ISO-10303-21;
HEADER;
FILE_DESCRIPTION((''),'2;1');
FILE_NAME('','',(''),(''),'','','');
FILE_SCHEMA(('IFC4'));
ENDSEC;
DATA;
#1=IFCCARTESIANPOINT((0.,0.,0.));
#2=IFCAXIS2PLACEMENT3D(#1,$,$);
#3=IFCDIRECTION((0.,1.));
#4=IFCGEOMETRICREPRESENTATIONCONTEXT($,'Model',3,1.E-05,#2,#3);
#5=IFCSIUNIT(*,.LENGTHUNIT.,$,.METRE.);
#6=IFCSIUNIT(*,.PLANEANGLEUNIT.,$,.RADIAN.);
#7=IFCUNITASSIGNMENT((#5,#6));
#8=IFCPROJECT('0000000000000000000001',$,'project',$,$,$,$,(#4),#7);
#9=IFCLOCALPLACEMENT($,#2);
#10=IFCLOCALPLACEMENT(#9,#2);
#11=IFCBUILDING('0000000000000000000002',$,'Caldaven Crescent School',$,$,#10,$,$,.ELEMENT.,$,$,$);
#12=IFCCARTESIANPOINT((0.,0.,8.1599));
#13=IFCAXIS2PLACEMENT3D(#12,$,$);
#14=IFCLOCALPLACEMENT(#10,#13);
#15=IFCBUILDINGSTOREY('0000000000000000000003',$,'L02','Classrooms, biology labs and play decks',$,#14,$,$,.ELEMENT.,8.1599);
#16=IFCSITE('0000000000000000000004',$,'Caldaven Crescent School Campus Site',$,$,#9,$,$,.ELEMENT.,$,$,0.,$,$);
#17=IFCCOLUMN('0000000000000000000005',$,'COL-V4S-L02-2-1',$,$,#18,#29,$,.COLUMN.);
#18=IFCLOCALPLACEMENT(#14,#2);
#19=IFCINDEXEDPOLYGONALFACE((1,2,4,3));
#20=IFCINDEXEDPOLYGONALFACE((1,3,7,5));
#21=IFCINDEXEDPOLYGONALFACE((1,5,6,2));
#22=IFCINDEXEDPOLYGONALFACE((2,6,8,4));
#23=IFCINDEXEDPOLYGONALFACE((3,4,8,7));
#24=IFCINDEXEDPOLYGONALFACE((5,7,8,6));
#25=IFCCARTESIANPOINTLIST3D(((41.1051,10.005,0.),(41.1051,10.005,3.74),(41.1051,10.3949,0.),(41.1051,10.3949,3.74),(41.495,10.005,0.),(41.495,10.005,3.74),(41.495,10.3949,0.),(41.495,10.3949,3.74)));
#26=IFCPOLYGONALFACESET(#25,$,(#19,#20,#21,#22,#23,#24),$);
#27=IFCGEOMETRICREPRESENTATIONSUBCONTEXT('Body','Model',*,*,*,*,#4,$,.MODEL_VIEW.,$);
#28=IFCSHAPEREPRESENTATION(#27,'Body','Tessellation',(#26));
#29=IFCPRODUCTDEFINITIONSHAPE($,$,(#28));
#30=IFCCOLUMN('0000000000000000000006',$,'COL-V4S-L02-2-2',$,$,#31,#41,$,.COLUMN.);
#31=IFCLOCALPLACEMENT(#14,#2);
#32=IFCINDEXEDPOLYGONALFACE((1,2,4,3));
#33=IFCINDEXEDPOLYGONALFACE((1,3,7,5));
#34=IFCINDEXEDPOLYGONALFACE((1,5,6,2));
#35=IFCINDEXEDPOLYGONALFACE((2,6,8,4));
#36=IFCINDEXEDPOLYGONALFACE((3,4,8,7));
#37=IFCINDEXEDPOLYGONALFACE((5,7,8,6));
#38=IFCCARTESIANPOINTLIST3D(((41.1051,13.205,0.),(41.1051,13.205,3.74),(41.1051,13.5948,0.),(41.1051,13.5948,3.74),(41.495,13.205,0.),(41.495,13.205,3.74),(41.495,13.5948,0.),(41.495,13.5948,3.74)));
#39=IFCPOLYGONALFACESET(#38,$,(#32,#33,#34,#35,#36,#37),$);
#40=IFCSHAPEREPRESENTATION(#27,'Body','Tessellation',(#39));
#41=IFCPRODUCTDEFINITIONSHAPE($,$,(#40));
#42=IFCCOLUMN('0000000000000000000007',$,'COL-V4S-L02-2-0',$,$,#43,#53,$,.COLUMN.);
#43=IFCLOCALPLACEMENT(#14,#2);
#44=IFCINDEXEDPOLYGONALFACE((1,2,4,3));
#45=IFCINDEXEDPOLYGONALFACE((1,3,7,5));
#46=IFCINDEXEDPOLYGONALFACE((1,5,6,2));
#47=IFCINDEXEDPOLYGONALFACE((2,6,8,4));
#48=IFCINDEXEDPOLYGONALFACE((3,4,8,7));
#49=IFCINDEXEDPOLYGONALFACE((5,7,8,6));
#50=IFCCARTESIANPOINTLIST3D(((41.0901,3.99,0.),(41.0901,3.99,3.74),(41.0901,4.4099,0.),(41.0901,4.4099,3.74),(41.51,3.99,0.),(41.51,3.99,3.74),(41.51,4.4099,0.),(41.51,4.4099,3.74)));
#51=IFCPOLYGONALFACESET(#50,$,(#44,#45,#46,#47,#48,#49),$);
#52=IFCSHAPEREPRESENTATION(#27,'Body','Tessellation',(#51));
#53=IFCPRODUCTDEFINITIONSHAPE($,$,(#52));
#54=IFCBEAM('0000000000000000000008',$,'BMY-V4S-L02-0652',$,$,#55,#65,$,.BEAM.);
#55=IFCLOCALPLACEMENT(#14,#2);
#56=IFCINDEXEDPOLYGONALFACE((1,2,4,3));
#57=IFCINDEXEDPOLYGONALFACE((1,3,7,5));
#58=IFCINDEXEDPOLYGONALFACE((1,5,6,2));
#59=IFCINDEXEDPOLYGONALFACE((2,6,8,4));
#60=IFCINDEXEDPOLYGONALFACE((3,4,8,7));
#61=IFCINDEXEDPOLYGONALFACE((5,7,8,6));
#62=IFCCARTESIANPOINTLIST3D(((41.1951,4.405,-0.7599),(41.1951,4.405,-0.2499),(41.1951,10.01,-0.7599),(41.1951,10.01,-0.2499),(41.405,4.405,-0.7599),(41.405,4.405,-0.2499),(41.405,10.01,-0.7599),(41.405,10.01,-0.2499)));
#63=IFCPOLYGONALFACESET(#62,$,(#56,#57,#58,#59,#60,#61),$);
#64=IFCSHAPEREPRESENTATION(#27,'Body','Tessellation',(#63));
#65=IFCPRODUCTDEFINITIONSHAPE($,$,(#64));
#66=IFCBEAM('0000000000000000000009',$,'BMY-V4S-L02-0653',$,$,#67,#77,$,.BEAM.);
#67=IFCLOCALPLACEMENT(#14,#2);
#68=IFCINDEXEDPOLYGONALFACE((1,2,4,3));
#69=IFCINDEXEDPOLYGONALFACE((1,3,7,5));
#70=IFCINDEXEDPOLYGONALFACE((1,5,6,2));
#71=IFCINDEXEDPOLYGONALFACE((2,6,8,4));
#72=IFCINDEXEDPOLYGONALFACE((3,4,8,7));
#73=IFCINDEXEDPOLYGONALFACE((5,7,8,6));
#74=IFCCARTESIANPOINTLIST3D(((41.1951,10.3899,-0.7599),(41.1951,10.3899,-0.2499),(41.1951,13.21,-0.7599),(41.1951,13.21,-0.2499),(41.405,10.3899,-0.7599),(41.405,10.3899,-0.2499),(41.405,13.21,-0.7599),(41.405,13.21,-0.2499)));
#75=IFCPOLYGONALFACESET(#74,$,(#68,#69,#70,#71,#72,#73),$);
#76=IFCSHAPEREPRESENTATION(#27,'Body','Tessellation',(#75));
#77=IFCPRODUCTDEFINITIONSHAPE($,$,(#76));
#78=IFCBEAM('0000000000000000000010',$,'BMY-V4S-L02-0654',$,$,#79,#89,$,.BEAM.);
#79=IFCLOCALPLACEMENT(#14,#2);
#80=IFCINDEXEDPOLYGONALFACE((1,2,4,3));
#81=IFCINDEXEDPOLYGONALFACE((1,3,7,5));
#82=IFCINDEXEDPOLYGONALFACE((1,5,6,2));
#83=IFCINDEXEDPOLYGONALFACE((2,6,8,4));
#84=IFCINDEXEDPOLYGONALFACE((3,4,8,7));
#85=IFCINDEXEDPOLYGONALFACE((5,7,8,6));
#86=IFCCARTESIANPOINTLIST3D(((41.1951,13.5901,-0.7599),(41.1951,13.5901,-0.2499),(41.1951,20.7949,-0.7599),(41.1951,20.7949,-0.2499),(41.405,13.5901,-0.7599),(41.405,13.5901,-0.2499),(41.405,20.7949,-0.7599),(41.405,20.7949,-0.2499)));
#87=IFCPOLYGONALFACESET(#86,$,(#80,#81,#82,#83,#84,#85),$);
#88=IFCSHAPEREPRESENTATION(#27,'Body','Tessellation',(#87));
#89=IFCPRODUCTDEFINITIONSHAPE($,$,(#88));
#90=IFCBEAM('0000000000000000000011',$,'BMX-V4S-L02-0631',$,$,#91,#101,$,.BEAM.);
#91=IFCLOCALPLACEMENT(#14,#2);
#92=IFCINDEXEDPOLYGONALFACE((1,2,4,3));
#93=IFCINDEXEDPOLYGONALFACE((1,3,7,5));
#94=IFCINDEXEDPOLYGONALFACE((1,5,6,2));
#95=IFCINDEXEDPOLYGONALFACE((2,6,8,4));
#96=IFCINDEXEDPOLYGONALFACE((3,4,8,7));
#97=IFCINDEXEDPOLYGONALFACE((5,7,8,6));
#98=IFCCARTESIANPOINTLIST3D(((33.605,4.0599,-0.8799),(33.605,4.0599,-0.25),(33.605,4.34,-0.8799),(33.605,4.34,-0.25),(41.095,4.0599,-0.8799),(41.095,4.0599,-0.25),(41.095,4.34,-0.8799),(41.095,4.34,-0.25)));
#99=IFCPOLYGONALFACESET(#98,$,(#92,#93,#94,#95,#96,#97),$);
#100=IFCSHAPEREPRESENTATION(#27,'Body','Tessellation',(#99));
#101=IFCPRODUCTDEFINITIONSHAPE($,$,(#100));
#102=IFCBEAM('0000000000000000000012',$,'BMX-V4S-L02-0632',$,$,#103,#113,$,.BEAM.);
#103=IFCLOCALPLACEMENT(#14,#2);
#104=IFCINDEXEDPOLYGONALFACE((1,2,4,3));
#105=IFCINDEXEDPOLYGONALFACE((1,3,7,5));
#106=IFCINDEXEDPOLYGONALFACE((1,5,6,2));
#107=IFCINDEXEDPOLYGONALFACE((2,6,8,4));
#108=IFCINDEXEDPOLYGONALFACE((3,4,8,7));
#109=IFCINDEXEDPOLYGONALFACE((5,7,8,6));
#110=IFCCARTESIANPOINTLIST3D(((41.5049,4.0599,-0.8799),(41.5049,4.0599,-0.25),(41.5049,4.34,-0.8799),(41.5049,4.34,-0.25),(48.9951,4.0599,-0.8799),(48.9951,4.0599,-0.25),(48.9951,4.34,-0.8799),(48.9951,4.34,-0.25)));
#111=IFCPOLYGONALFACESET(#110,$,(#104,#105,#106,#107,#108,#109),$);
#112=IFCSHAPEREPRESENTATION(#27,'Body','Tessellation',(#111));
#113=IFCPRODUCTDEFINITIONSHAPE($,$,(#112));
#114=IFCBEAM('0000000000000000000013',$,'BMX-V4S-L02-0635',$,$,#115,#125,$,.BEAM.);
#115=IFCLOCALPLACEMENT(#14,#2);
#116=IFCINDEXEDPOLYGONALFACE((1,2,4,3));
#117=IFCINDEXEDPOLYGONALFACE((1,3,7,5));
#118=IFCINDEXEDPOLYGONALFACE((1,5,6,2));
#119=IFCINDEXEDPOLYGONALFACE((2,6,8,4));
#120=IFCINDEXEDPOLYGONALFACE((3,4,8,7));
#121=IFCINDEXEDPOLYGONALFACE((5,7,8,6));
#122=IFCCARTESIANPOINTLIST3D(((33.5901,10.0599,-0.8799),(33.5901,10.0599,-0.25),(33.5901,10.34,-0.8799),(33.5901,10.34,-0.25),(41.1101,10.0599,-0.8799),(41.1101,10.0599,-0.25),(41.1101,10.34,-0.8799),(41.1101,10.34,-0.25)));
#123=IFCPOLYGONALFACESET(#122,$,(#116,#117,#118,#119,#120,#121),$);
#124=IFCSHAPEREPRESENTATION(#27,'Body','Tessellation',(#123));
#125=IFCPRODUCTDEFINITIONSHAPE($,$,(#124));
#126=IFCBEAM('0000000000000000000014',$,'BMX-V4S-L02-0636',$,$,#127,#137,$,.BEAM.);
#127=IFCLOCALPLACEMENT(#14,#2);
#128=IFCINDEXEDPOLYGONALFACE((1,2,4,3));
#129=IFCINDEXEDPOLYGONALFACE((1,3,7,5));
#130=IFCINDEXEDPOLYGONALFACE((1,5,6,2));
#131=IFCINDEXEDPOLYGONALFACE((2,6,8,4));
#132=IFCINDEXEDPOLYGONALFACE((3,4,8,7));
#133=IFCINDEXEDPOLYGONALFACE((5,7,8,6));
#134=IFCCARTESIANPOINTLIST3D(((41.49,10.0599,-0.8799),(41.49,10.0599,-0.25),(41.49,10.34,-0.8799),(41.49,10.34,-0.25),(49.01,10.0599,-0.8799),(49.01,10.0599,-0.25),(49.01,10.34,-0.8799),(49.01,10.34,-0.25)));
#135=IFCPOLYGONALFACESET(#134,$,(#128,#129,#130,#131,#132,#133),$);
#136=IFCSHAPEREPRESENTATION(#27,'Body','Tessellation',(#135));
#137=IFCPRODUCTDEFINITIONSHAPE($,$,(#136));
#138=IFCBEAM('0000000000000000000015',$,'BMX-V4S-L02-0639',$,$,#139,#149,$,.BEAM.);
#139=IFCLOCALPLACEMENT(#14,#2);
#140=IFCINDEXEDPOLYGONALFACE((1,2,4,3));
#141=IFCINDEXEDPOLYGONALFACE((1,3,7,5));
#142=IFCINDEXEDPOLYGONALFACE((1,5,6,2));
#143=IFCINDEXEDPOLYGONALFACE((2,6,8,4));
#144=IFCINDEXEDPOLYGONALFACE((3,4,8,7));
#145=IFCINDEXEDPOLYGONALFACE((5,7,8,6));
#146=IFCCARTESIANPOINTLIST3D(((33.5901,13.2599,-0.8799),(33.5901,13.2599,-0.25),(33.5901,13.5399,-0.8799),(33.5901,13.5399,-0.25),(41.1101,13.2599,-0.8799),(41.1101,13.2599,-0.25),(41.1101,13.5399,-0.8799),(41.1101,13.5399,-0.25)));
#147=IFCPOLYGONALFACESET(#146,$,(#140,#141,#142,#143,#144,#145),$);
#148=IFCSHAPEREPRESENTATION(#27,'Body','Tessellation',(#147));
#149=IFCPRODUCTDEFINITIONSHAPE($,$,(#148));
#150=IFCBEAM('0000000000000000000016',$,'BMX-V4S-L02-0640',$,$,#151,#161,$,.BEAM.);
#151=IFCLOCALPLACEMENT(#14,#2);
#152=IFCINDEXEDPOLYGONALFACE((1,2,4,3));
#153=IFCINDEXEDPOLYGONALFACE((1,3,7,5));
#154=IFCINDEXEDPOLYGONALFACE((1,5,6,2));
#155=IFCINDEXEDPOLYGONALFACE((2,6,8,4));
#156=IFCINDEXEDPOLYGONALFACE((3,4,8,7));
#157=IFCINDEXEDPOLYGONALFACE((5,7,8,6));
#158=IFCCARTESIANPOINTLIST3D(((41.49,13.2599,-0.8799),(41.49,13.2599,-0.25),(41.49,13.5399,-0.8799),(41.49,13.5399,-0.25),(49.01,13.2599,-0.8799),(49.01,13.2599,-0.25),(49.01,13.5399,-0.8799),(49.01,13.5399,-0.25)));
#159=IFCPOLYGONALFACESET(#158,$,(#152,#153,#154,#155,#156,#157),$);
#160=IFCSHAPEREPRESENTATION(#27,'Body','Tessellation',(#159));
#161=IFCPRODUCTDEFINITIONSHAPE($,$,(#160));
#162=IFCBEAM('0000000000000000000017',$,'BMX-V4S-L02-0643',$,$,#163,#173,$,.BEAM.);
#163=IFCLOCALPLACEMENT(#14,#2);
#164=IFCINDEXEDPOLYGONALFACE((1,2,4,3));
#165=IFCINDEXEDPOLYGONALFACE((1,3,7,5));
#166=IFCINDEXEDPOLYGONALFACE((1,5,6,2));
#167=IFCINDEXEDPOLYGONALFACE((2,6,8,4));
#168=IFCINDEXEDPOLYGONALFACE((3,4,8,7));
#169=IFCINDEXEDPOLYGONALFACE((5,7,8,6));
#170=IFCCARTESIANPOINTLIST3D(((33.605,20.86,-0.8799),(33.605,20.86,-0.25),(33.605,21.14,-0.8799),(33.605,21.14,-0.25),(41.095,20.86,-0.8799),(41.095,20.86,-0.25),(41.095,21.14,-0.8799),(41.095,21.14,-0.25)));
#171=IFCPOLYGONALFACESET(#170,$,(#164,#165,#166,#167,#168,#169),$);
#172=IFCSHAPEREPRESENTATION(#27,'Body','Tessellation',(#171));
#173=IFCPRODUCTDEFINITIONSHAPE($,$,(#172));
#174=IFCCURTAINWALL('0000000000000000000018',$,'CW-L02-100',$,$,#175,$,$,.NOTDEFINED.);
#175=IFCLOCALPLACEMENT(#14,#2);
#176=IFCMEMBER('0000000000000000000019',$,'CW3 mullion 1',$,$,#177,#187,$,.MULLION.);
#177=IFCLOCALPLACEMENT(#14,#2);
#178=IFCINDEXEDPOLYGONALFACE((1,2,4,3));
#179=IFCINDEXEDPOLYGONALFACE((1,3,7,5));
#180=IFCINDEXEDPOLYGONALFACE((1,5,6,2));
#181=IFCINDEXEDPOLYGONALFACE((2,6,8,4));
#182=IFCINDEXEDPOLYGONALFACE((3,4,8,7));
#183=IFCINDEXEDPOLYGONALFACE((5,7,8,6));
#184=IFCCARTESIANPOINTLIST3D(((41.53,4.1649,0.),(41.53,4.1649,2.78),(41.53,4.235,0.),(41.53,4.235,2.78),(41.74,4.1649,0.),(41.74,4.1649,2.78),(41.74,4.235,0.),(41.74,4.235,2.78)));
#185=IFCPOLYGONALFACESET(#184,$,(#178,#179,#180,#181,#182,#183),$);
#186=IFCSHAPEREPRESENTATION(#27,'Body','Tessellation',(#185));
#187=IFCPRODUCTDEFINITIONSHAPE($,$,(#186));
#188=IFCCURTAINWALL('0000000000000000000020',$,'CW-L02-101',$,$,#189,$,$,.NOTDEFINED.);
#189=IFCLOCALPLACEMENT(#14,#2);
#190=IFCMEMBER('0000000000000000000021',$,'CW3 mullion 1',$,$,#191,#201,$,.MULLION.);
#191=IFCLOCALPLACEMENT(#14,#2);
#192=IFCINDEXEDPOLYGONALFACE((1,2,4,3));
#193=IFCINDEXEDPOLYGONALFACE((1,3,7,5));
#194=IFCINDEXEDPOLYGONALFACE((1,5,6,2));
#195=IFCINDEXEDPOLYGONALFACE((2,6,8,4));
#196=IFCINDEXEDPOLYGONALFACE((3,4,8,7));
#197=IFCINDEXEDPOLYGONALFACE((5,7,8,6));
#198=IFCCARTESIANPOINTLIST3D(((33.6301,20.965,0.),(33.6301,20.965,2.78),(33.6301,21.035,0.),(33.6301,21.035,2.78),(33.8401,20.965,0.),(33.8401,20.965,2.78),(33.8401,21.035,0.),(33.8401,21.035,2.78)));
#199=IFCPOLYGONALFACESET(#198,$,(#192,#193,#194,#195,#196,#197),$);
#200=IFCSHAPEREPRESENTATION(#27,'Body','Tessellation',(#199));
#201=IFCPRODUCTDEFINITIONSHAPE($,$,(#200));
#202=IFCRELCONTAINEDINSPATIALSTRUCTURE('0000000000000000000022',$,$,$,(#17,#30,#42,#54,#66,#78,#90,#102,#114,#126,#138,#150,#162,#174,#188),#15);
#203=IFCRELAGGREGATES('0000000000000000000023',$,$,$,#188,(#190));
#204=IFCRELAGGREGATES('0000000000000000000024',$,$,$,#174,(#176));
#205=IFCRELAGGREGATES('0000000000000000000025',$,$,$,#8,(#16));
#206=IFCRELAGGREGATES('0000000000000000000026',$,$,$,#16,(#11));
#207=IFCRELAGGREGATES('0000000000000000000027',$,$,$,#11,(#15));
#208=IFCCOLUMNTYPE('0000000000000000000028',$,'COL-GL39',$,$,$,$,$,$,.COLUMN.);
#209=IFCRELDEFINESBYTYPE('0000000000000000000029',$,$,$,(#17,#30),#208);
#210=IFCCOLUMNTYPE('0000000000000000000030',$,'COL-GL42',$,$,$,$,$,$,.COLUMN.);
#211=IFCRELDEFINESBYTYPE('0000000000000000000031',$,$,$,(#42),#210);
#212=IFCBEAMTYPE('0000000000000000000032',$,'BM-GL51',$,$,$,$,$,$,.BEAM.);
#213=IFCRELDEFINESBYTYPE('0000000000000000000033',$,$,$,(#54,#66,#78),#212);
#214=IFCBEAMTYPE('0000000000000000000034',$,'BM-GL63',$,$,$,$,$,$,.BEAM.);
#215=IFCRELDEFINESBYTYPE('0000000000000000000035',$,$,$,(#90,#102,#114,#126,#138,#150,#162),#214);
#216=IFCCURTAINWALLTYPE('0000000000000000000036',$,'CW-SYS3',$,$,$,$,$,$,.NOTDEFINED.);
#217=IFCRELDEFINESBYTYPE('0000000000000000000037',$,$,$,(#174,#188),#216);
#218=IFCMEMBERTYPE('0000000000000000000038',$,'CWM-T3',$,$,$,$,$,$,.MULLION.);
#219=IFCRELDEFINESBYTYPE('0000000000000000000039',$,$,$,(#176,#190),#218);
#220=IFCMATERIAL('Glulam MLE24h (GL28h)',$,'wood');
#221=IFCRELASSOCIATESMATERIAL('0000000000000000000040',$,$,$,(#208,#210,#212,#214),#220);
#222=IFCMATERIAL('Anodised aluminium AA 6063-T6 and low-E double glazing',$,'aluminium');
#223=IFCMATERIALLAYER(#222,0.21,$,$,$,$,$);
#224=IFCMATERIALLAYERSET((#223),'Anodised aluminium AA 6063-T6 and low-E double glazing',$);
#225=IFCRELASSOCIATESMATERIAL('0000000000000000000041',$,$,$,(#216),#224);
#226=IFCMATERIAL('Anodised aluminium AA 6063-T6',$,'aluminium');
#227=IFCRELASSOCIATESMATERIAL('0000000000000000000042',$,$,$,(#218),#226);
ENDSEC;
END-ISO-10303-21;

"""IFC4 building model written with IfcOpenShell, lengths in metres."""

from ifc_helpers import new_model, si_unit, direction, frame, origin, origin_2d, place, context, subcontext, project, spatial, rectangle, extrude, material, layer, layer_set, material_profile, profile_set, type_object, element, aggregate, save


model = new_model("IFC4")

# Units and contexts
model_context = context("Model", 3, precision=1e-05, world=origin(), true_north=direction((0.0, 1.0)))
body_context = subcontext(model_context, "Body", "Model", "MODEL_VIEW")
ifc_project = project(units=[si_unit("LENGTHUNIT", "METRE"), si_unit("PLANEANGLEUNIT", "RADIAN")], contexts=[model_context])

# Site, building, storey
site_placement = place(None, origin())
site = spatial("IfcSite", under=ifc_project, at=site_placement, Name="Caldaven Crescent School Campus Site", CompositionType="ELEMENT", RefElevation=0.0)
building_placement = place(site_placement, origin())
building = spatial("IfcBuilding", under=site, at=building_placement, Name="Caldaven Crescent School", CompositionType="ELEMENT")
storey_placement = place(building_placement, frame((0.0, 0.0, 8.1599)))
storey = spatial("IfcBuildingStorey", under=building, at=storey_placement, Name="L02", Description="Classrooms, biology labs and play decks", CompositionType="ELEMENT", Elevation=8.1599)

# Columns
ifc_material_1 = material(Name="Glulam MLE24h (GL28h)", Category="wood")
ifc_material_profile_1 = material_profile(ifc_material_1, rectangle(XDim=0.3899, YDim=0.3899, at=origin_2d()), Name="MLE 390x390")
ifc_profile_set_1 = profile_set([ifc_material_profile_1], Name="Glulam MLE24h (GL28h)")
column_type_1 = type_object("IfcColumnType", Name="COL-GL39", PredefinedType="COLUMN", material=ifc_profile_set_1)
for number, where, z_axis, x_axis, name in (
    (1, (41.3, 10.2, 0.0), (0.0, 0.0, 1.0), (1.0, 0.0, 0.0), "COL-V4S-L02-2-1"),
    (2, (41.3, 13.3999, 0.0), (0.0, 0.0, 1.0), (1.0, 0.0, 0.0), "COL-V4S-L02-2-2"),
):
    element("IfcColumn", number, at=place(storey_placement, frame(where, z_axis=z_axis, x_axis=x_axis)), inside=storey, type_object=column_type_1, Name=name, PredefinedType="COLUMN", context=body_context, shape_type="SweptSolid", body=[
        extrude(rectangle(XDim=0.3899, YDim=0.3899, at=origin_2d()), origin(), (0.0, 0.0, 1.0), 3.74),
    ])
ifc_material_profile_2 = material_profile(ifc_material_1, rectangle(XDim=0.4199, YDim=0.4199, at=origin_2d()), Name="MLE 420x420")
ifc_profile_set_2 = profile_set([ifc_material_profile_2], Name="Glulam MLE24h (GL28h)")
column_type_2 = type_object("IfcColumnType", Name="COL-GL42", PredefinedType="COLUMN", material=ifc_profile_set_2)
column_placement = place(storey_placement, frame((41.3, 4.2, 0.0), z_axis=(0.0, 0.0, 1.0), x_axis=(1.0, 0.0, 0.0)))
element("IfcColumn", 3, at=column_placement, inside=storey, type_object=column_type_2, Name="COL-V4S-L02-2-0", PredefinedType="COLUMN", context=body_context, shape_type="SweptSolid", body=[
    extrude(rectangle(XDim=0.4199, YDim=0.4199, at=origin_2d()), origin(), (0.0, 0.0, 1.0), 3.74),
])

# Beams
ifc_material_profile_3 = material_profile(ifc_material_1, rectangle(XDim=0.21, YDim=0.51, at=origin_2d()), Name="MLE 210x510")
ifc_profile_set_3 = profile_set([ifc_material_profile_3], Name="Glulam MLE24h (GL28h)")
beam_type_1 = type_object("IfcBeamType", Name="BM-GL51", PredefinedType="BEAM", material=ifc_profile_set_3)
beam_1_placement = place(storey_placement, frame((41.3, 4.405, -0.5049), z_axis=(0.0, 1.0, 0.0), x_axis=(-1.0, 0.0, 0.0)))
element("IfcBeam", 4, at=beam_1_placement, inside=storey, type_object=beam_type_1, Name="BMY-V4S-L02-0652", PredefinedType="BEAM", context=body_context, shape_type="SweptSolid", body=[
    extrude(rectangle(XDim=0.21, YDim=0.51, at=origin_2d()), origin(), (0.0, 0.0, 1.0), 5.605),
])
beam_2_placement = place(storey_placement, frame((41.3, 10.3899, -0.5049), z_axis=(0.0, 1.0, 0.0), x_axis=(-1.0, 0.0, 0.0)))
element("IfcBeam", 5, at=beam_2_placement, inside=storey, type_object=beam_type_1, Name="BMY-V4S-L02-0653", PredefinedType="BEAM", context=body_context, shape_type="SweptSolid", body=[
    extrude(rectangle(XDim=0.21, YDim=0.51, at=origin_2d()), origin(), (0.0, 0.0, 1.0), 2.8201),
])
beam_3_placement = place(storey_placement, frame((41.3, 13.5901, -0.5049), z_axis=(0.0, 1.0, 0.0), x_axis=(-1.0, 0.0, 0.0)))
element("IfcBeam", 6, at=beam_3_placement, inside=storey, type_object=beam_type_1, Name="BMY-V4S-L02-0654", PredefinedType="BEAM", context=body_context, shape_type="SweptSolid", body=[
    extrude(rectangle(XDim=0.21, YDim=0.51, at=origin_2d()), origin(), (0.0, 0.0, 1.0), 7.2048),
])
ifc_material_profile_4 = material_profile(ifc_material_1, rectangle(XDim=0.28, YDim=0.6299, at=origin_2d()), Name="MLE 280x630")
ifc_profile_set_4 = profile_set([ifc_material_profile_4], Name="Glulam MLE24h (GL28h)")
beam_type_2 = type_object("IfcBeamType", Name="BM-GL63", PredefinedType="BEAM", material=ifc_profile_set_4)
beam_4_placement = place(storey_placement, frame((33.605, 4.2, -0.5649), z_axis=(1.0, 0.0, 0.0), x_axis=(0.0, 1.0, 0.0)))
element("IfcBeam", 7, at=beam_4_placement, inside=storey, type_object=beam_type_2, Name="BMX-V4S-L02-0631", PredefinedType="BEAM", context=body_context, shape_type="SweptSolid", body=[
    extrude(rectangle(XDim=0.28, YDim=0.6299, at=origin_2d()), origin(), (0.0, 0.0, 1.0), 7.49),
])
beam_5_placement = place(storey_placement, frame((41.5049, 4.2, -0.5649), z_axis=(1.0, 0.0, 0.0), x_axis=(0.0, 1.0, 0.0)))
element("IfcBeam", 8, at=beam_5_placement, inside=storey, type_object=beam_type_2, Name="BMX-V4S-L02-0632", PredefinedType="BEAM", context=body_context, shape_type="SweptSolid", body=[
    extrude(rectangle(XDim=0.28, YDim=0.6299, at=origin_2d()), origin(), (0.0, 0.0, 1.0), 7.4902),
])
for number, where, z_axis, x_axis, name in (
    (9, (33.5901, 10.2, -0.5649), (1.0, 0.0, 0.0), (0.0, 1.0, 0.0), "BMX-V4S-L02-0635"),
    (10, (41.49, 10.2, -0.5649), (1.0, 0.0, 0.0), (0.0, 1.0, 0.0), "BMX-V4S-L02-0636"),
    (11, (33.5901, 13.3999, -0.5649), (1.0, 0.0, 0.0), (0.0, 1.0, 0.0), "BMX-V4S-L02-0639"),
    (12, (41.49, 13.3999, -0.5649), (1.0, 0.0, 0.0), (0.0, 1.0, 0.0), "BMX-V4S-L02-0640"),
):
    element("IfcBeam", number, at=place(storey_placement, frame(where, z_axis=z_axis, x_axis=x_axis)), inside=storey, type_object=beam_type_2, Name=name, PredefinedType="BEAM", context=body_context, shape_type="SweptSolid", body=[
        extrude(rectangle(XDim=0.28, YDim=0.6299, at=origin_2d()), origin(), (0.0, 0.0, 1.0), 7.52),
    ])
beam_6_placement = place(storey_placement, frame((33.605, 21.0, -0.5649), z_axis=(1.0, 0.0, 0.0), x_axis=(0.0, 1.0, 0.0)))
element("IfcBeam", 13, at=beam_6_placement, inside=storey, type_object=beam_type_2, Name="BMX-V4S-L02-0643", PredefinedType="BEAM", context=body_context, shape_type="SweptSolid", body=[
    extrude(rectangle(XDim=0.28, YDim=0.6299, at=origin_2d()), origin(), (0.0, 0.0, 1.0), 7.49),
])

# Curtain walls, members
ifc_material_2 = material(Name="Anodised aluminium AA 6063-T6 and low-E double glazing", Category="aluminium")
ifc_layer_1 = layer(ifc_material_2, 0.21)
ifc_layer_set_1 = layer_set([ifc_layer_1], Name="Anodised aluminium AA 6063-T6 and low-E double glazing")
curtain_wall_type = type_object("IfcCurtainWallType", Name="CW-SYS3", PredefinedType="NOTDEFINED", material=ifc_layer_set_1)
curtain_wall_1_placement = place(storey_placement, origin())
curtain_wall_1 = element("IfcCurtainWall", 14, at=curtain_wall_1_placement, inside=storey, type_object=curtain_wall_type, Name="CW-L02-100", PredefinedType="NOTDEFINED")
ifc_material_3 = material(Name="Anodised aluminium AA 6063-T6", Category="aluminium")
ifc_material_profile_5 = material_profile(ifc_material_3, rectangle(XDim=0.0701, YDim=0.21, at=origin_2d()), Name="CWM 70x210")
ifc_profile_set_5 = profile_set([ifc_material_profile_5], Name="Anodised aluminium AA 6063-T6")
member_type_1 = type_object("IfcMemberType", Name="CWM-T3", PredefinedType="MULLION", material=ifc_profile_set_5)
member_1_placement = place(storey_placement, frame((41.635, 4.2, 0.0), z_axis=(0.0, 0.0, 1.0), x_axis=(0.0, 1.0, 0.0)))
member_1 = element("IfcMember", 15, at=member_1_placement, type_object=member_type_1, Name="CW3 mullion 1", PredefinedType="MULLION", context=body_context, shape_type="SweptSolid", body=[
    extrude(rectangle(XDim=0.0701, YDim=0.21, at=origin_2d()), origin(), (0.0, 0.0, 1.0), 2.78),
])
curtain_wall_2_placement = place(storey_placement, origin())
curtain_wall_2 = element("IfcCurtainWall", 16, at=curtain_wall_2_placement, inside=storey, type_object=curtain_wall_type, Name="CW-L02-101", PredefinedType="NOTDEFINED")
member_2_placement = place(storey_placement, frame((33.7351, 21.0, 0.0), z_axis=(0.0, 0.0, 1.0), x_axis=(0.0, 1.0, 0.0)))
member_2 = element("IfcMember", 17, at=member_2_placement, type_object=member_type_1, Name="CW3 mullion 1", PredefinedType="MULLION", context=body_context, shape_type="SweptSolid", body=[
    extrude(rectangle(XDim=0.0701, YDim=0.21, at=origin_2d()), origin(), (0.0, 0.0, 1.0), 2.78),
])

aggregate(curtain_wall_2, [member_2])

aggregate(curtain_wall_1, [member_1])

save(model, "model.ifc")
